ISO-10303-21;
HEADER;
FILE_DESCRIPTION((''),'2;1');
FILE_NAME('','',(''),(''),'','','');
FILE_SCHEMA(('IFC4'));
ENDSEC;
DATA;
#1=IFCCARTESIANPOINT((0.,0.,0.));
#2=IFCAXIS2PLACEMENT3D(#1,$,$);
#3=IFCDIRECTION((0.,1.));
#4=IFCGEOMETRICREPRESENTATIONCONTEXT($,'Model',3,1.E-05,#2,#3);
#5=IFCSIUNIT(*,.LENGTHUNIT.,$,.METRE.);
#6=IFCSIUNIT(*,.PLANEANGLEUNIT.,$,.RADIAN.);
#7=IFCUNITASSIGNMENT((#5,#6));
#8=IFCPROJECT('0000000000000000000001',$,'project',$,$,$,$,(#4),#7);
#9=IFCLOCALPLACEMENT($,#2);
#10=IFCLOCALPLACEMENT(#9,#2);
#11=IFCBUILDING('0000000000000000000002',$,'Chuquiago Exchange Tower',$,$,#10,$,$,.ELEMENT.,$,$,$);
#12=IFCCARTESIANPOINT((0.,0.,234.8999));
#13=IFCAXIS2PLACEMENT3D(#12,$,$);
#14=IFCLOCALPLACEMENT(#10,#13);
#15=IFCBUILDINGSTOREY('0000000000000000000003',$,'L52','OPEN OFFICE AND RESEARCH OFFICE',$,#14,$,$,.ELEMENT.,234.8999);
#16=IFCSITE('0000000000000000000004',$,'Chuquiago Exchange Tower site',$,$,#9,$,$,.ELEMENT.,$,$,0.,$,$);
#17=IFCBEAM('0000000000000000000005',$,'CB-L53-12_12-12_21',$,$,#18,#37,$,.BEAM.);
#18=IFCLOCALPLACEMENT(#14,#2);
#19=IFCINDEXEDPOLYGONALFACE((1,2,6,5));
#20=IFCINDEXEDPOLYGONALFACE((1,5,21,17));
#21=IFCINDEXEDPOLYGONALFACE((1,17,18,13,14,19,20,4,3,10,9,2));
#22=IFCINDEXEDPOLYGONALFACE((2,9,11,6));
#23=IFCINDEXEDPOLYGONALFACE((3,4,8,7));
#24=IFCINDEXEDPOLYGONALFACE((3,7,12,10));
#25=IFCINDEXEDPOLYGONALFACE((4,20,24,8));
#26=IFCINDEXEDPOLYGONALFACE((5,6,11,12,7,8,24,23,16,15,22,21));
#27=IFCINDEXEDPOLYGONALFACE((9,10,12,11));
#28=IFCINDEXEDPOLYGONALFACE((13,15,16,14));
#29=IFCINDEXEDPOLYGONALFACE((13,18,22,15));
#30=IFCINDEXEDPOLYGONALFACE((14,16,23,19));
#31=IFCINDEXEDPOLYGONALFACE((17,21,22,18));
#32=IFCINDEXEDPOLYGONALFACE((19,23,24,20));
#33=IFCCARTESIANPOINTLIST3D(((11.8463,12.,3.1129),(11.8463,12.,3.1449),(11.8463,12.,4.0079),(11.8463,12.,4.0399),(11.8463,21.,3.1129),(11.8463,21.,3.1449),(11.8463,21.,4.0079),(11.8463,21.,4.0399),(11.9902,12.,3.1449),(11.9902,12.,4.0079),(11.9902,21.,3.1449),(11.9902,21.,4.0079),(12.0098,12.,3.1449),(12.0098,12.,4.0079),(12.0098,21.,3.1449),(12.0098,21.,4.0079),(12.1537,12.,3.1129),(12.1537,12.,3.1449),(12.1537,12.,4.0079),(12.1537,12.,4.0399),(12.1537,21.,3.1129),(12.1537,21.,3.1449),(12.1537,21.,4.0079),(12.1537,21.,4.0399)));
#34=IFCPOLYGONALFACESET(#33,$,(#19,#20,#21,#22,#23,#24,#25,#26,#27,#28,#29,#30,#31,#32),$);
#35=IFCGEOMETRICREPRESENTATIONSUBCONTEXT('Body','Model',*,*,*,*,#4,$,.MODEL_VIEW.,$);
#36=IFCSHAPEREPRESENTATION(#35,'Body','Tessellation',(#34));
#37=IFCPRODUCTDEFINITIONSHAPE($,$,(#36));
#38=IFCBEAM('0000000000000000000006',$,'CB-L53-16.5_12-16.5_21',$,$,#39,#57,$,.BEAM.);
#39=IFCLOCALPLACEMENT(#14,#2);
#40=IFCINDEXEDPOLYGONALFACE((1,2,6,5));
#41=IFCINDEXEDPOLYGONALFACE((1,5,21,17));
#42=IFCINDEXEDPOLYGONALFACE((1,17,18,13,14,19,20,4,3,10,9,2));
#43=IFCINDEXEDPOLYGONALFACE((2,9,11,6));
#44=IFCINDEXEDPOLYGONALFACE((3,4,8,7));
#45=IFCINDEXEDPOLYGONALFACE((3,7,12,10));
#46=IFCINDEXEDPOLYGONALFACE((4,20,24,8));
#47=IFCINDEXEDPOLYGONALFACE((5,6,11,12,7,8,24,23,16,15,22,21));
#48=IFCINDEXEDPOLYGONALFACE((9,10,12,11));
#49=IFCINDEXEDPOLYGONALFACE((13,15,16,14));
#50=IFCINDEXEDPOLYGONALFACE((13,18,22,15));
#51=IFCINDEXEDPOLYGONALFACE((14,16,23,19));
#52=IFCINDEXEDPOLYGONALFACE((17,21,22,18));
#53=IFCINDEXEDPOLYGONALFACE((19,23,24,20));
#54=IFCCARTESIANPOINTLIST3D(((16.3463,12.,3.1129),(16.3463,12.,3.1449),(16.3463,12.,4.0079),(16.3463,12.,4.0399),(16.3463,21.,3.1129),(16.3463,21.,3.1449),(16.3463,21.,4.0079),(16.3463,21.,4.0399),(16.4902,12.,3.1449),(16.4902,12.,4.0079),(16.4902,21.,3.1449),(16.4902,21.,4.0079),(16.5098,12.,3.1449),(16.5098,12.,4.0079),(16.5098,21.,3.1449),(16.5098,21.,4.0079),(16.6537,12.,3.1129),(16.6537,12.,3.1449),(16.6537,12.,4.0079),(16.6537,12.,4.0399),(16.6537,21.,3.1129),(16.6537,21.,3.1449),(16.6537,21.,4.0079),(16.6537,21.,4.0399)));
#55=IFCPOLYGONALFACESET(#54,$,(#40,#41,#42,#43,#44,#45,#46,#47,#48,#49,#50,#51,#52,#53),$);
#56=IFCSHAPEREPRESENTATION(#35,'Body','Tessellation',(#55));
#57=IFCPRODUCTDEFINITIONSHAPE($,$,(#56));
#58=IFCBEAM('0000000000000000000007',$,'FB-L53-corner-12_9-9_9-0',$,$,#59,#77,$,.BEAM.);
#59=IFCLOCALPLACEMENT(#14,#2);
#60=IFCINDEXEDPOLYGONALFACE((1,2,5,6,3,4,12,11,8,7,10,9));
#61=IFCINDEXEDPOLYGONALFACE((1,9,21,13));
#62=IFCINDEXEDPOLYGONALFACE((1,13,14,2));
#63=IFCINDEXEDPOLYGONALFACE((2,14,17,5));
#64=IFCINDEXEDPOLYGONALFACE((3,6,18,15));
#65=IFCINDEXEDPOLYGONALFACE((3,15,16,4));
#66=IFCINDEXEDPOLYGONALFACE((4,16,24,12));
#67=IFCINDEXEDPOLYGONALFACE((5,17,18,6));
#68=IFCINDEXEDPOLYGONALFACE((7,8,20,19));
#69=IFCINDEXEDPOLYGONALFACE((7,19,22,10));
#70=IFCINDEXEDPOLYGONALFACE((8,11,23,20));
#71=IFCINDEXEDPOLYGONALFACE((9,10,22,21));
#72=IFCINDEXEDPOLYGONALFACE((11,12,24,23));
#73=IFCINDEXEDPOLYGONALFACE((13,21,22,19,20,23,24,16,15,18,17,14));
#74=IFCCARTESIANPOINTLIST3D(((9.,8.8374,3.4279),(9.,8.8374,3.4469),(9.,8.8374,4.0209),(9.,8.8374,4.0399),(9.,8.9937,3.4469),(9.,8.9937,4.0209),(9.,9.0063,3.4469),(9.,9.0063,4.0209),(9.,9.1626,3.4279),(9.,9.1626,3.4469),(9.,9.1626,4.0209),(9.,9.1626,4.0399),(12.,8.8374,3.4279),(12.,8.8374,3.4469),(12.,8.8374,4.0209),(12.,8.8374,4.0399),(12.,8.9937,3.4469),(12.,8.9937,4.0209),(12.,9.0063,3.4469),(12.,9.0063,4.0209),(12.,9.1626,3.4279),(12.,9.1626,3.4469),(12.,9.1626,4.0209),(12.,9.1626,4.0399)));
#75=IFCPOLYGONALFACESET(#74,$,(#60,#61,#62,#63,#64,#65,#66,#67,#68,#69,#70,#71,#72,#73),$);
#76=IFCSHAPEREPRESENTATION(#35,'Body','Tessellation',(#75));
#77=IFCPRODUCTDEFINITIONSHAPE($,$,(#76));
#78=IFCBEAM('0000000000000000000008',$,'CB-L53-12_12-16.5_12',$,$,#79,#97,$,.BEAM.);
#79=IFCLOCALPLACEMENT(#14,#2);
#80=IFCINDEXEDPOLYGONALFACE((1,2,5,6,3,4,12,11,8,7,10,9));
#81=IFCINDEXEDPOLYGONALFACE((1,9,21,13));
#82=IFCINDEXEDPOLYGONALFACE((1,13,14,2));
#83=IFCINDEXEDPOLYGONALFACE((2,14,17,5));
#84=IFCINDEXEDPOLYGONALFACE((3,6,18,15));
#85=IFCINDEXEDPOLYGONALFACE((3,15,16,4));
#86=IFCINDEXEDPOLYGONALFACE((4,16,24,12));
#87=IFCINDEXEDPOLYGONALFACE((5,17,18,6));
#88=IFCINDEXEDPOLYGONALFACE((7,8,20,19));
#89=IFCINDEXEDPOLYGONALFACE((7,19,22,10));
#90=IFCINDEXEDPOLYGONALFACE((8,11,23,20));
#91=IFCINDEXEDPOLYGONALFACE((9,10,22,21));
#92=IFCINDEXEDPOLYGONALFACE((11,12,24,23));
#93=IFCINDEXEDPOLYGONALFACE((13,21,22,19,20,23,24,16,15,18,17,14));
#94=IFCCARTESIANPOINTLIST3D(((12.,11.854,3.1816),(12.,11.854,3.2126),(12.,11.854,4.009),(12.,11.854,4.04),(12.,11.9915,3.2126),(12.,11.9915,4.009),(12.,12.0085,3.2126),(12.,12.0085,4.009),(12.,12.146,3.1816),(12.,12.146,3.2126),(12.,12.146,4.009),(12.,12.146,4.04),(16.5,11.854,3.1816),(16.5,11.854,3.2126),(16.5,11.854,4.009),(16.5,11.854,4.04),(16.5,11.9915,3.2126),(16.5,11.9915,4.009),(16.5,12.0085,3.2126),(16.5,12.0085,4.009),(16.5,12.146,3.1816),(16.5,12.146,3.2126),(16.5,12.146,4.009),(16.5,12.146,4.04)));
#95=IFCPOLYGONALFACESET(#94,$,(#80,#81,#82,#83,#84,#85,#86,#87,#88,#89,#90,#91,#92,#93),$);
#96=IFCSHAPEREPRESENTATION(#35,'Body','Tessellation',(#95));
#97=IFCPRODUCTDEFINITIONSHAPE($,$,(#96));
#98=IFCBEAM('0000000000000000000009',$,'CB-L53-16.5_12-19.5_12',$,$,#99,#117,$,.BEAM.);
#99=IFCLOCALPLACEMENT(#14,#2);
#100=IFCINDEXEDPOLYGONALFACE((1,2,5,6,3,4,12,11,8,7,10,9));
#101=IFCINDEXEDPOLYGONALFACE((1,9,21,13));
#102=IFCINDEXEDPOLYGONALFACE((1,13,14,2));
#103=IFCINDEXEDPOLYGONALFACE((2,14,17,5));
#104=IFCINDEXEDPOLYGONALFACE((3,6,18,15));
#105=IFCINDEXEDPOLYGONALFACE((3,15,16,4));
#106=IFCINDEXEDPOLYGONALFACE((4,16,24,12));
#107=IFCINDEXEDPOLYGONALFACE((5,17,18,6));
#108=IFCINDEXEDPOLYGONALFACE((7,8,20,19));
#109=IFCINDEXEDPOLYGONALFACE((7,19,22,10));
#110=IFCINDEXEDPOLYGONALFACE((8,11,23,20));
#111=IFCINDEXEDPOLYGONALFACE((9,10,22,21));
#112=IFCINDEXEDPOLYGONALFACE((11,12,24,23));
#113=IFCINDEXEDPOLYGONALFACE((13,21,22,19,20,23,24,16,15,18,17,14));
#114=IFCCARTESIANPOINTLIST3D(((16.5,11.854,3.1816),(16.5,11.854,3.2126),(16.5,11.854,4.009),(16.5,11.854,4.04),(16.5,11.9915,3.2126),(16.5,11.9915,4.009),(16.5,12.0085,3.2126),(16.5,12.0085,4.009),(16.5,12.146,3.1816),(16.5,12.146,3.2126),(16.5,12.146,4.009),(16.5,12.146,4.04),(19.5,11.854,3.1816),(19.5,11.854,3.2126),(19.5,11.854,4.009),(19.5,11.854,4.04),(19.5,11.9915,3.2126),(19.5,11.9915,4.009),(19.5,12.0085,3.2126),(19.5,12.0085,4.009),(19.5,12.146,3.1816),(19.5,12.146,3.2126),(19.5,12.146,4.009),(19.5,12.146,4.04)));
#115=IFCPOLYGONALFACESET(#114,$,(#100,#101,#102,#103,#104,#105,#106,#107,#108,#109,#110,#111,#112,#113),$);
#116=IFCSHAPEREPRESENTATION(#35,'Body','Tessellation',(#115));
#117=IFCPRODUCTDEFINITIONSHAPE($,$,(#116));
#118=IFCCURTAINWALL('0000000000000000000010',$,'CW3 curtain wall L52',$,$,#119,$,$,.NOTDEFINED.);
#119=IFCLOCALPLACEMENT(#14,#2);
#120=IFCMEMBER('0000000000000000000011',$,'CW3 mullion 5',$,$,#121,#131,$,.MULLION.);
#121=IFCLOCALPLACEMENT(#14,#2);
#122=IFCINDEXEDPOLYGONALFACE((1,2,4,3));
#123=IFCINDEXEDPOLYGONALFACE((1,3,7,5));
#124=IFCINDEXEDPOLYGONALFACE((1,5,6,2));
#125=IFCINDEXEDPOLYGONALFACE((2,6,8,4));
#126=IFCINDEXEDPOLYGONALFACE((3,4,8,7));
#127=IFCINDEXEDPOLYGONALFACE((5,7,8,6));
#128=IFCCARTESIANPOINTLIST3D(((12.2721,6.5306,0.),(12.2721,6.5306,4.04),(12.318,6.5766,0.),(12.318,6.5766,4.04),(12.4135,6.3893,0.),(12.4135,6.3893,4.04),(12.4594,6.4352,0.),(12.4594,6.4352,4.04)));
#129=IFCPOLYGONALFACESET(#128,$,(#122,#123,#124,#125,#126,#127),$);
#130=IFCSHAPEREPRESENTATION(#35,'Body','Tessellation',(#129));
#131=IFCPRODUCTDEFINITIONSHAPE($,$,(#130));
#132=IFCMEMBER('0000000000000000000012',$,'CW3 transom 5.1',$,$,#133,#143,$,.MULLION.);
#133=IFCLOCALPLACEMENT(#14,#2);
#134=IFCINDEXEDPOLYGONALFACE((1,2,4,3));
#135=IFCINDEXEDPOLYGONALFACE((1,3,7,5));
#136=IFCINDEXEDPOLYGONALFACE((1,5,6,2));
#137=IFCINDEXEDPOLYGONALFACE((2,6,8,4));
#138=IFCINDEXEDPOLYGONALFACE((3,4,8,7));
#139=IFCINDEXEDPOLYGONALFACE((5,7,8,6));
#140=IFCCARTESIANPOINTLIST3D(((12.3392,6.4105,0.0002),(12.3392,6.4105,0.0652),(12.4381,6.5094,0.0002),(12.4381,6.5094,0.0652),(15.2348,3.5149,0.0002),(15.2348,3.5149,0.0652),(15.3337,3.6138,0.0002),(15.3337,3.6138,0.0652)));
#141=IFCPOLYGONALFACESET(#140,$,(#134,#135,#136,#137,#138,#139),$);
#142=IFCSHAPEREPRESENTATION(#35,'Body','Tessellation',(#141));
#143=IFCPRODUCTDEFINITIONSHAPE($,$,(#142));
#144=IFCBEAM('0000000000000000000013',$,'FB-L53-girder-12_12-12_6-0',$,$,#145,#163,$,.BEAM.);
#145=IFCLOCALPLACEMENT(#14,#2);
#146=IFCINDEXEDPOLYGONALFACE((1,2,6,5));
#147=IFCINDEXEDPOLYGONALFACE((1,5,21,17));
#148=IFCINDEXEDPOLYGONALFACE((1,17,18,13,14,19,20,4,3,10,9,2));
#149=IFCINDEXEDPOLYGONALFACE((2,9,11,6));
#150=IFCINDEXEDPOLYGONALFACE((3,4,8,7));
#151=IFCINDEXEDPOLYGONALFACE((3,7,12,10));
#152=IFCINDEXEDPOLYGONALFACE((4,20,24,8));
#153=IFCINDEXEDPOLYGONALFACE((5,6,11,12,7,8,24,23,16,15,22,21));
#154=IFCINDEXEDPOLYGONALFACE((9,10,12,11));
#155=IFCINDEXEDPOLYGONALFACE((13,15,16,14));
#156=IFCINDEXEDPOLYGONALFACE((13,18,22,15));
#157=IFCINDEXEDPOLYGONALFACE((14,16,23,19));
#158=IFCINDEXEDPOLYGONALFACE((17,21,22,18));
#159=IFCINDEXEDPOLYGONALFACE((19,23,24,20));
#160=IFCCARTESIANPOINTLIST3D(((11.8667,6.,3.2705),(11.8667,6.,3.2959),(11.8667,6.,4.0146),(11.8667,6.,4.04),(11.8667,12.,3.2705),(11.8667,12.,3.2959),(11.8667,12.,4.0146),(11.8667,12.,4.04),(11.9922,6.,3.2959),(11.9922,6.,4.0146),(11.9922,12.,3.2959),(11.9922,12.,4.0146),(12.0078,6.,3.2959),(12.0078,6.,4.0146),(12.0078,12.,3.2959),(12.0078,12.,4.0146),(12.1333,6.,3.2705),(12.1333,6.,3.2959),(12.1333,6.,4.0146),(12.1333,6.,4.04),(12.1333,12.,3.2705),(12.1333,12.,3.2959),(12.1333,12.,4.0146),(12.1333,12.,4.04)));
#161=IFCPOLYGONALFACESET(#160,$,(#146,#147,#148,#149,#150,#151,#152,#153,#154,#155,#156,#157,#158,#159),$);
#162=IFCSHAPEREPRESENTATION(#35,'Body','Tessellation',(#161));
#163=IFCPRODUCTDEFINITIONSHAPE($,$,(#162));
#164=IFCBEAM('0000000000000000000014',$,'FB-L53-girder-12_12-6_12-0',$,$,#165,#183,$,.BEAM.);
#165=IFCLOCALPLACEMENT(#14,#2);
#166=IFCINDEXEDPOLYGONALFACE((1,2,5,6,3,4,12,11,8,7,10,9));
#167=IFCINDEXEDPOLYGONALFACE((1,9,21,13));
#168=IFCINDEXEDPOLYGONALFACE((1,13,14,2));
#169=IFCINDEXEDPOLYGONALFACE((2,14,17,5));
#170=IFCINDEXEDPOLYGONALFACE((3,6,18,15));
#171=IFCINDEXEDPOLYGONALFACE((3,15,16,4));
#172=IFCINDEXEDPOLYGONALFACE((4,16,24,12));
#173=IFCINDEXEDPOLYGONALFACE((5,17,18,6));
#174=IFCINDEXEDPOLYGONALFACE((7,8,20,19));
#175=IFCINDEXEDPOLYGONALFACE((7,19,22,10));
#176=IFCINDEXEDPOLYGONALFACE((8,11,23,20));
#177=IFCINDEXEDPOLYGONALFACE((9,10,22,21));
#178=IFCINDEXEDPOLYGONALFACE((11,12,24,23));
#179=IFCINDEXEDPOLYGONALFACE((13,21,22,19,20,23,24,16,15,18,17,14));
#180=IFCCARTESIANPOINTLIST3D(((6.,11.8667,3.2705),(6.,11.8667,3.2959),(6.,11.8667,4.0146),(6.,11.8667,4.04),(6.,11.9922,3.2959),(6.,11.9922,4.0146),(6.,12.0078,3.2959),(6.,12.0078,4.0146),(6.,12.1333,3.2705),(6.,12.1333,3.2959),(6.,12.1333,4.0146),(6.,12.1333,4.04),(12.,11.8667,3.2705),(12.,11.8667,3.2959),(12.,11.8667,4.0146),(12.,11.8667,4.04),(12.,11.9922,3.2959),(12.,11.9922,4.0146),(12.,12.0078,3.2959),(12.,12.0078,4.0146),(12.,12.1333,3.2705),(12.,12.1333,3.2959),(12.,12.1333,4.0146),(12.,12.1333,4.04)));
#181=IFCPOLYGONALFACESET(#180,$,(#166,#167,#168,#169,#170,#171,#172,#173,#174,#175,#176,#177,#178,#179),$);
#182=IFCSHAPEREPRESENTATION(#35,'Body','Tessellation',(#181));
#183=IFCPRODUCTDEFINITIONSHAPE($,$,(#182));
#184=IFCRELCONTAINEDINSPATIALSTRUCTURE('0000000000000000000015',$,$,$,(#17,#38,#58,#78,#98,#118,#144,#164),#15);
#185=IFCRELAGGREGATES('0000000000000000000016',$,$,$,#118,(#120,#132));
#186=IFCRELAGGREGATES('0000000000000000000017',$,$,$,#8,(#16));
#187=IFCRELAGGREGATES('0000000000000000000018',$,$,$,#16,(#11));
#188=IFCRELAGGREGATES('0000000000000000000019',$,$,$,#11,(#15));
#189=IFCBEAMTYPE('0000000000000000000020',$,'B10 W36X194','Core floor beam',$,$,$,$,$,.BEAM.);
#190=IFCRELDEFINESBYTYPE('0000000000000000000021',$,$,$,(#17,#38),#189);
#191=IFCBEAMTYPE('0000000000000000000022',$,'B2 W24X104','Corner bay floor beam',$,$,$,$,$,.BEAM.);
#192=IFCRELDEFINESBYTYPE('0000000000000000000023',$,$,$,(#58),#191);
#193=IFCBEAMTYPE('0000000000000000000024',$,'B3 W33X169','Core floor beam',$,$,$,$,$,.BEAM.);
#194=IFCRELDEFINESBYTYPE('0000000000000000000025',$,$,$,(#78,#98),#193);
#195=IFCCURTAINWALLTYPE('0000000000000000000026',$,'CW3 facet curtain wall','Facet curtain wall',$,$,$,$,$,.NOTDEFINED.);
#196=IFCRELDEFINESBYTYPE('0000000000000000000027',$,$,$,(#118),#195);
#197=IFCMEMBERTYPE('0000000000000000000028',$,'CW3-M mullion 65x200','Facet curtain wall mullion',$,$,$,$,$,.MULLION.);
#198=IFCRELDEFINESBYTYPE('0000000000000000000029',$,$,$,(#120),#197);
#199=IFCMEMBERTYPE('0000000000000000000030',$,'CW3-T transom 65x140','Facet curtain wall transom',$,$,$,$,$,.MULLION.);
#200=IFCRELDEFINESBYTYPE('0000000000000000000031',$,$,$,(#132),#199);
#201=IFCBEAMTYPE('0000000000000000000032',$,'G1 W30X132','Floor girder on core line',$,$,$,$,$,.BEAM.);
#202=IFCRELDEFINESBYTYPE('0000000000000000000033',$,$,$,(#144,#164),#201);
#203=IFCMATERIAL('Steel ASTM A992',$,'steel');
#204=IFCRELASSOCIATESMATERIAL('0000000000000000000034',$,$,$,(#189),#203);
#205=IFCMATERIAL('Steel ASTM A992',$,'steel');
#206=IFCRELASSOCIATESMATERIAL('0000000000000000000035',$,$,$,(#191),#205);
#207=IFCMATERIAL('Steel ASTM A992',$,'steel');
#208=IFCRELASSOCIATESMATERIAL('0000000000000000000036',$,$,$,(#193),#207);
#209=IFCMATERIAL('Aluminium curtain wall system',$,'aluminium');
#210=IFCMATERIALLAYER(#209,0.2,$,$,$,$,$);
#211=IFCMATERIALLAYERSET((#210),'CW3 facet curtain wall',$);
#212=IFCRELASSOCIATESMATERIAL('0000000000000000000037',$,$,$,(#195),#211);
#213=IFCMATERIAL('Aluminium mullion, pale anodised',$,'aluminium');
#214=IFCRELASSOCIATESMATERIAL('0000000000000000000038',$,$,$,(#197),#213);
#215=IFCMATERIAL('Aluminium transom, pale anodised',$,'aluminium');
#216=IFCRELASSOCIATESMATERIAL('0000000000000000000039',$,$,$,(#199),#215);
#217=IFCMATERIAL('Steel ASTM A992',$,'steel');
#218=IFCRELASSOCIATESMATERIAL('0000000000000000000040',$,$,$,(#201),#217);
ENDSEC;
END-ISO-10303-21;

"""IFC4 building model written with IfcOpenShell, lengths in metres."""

from ifc_helpers import new_model, si_unit, direction, frame, origin, origin_2d, place, context, subcontext, project, spatial, rectangle, i_section, extrude, material, layer, layer_set, material_profile, profile_set, type_object, element, aggregate, save


model = new_model("IFC4")

# Units and contexts
model_context = context("Model", 3, precision=1e-05, world=origin(), true_north=direction((0.0, 1.0)))
body_context = subcontext(model_context, "Body", "Model", "MODEL_VIEW")
ifc_project = project(units=[si_unit("LENGTHUNIT", "METRE"), si_unit("PLANEANGLEUNIT", "RADIAN")], contexts=[model_context])

# Site, building, storey
site_placement = place(None, origin())
site = spatial("IfcSite", under=ifc_project, at=site_placement, Name="Chuquiago Exchange Tower site", CompositionType="ELEMENT", RefElevation=0.0)
building_placement = place(site_placement, origin())
building = spatial("IfcBuilding", under=site, at=building_placement, Name="Chuquiago Exchange Tower", CompositionType="ELEMENT")
storey_placement = place(building_placement, frame((0.0, 0.0, 234.8999)))
storey = spatial("IfcBuildingStorey", under=building, at=storey_placement, Name="L52", Description="OPEN OFFICE AND RESEARCH OFFICE", CompositionType="ELEMENT", Elevation=234.8999)

# Beams
ifc_material_1 = material(Name="Steel ASTM A992", Category="steel")
ifc_material_profile_1 = material_profile(ifc_material_1, i_section(OverallWidth=0.3074, OverallDepth=0.927, WebThickness=0.0195, FlangeThickness=0.032, at=origin_2d()), Name="W36X194")
ifc_profile_set_1 = profile_set([ifc_material_profile_1], Name="Steel ASTM A992")
beam_type_1 = type_object("IfcBeamType", Name="B10 W36X194", Description="Core floor beam", PredefinedType="BEAM", material=ifc_profile_set_1)
for number, where, z_axis, x_axis, name in (
    (1, (12.0, 12.0, 3.5764), (0.0, 1.0, 0.0), (-1.0, 0.0, 0.0), "CB-L53-12_12-12_21"),
    (2, (16.5, 12.0, 3.5764), (0.0, 1.0, 0.0), (-1.0, 0.0, 0.0), "CB-L53-16.5_12-16.5_21"),
):
    element("IfcBeam", number, at=place(storey_placement, frame(where, z_axis=z_axis, x_axis=x_axis)), inside=storey, type_object=beam_type_1, Name=name, PredefinedType="BEAM", context=body_context, shape_type="SweptSolid", body=[
        extrude(i_section(OverallWidth=0.3074, OverallDepth=0.927, WebThickness=0.0195, FlangeThickness=0.032, at=origin_2d()), origin(), (0.0, 0.0, 1.0), 9.0),
    ])
ifc_material_2 = material(Name="Steel ASTM A992", Category="steel")
ifc_material_profile_2 = material_profile(ifc_material_2, i_section(OverallWidth=0.3252, OverallDepth=0.6121, WebThickness=0.0127, FlangeThickness=0.019, at=origin_2d()), Name="W24X104")
ifc_profile_set_2 = profile_set([ifc_material_profile_2], Name="Steel ASTM A992")
beam_type_2 = type_object("IfcBeamType", Name="B2 W24X104", Description="Corner bay floor beam", PredefinedType="BEAM", material=ifc_profile_set_2)
beam_1_placement = place(storey_placement, frame((12.0, 9.0, 3.7339), z_axis=(-1.0, 0.0, 0.0), x_axis=(0.0, -1.0, 0.0)))
element("IfcBeam", 3, at=beam_1_placement, inside=storey, type_object=beam_type_2, Name="FB-L53-corner-12_9-9_9-0", PredefinedType="BEAM", context=body_context, shape_type="SweptSolid", body=[
    extrude(i_section(OverallWidth=0.3252, OverallDepth=0.6121, WebThickness=0.0127, FlangeThickness=0.019, at=origin_2d()), origin(), (0.0, 0.0, 1.0), 3.0),
])
ifc_material_3 = material(Name="Steel ASTM A992", Category="steel")
ifc_material_profile_3 = material_profile(ifc_material_3, i_section(OverallWidth=0.292, OverallDepth=0.8584, WebThickness=0.0171, FlangeThickness=0.031, at=origin_2d()), Name="W33X169")
ifc_profile_set_3 = profile_set([ifc_material_profile_3], Name="Steel ASTM A992")
beam_type_3 = type_object("IfcBeamType", Name="B3 W33X169", Description="Core floor beam", PredefinedType="BEAM", material=ifc_profile_set_3)
beam_2_placement = place(storey_placement, frame((12.0, 12.0, 3.6108), z_axis=(1.0, 0.0, 0.0), x_axis=(0.0, 1.0, 0.0)))
element("IfcBeam", 4, at=beam_2_placement, inside=storey, type_object=beam_type_3, Name="CB-L53-12_12-16.5_12", PredefinedType="BEAM", context=body_context, shape_type="SweptSolid", body=[
    extrude(i_section(OverallWidth=0.292, OverallDepth=0.8584, WebThickness=0.0171, FlangeThickness=0.031, at=origin_2d()), origin(), (0.0, 0.0, 1.0), 4.5),
])
beam_3_placement = place(storey_placement, frame((16.5, 12.0, 3.6108), z_axis=(1.0, 0.0, 0.0), x_axis=(0.0, 1.0, 0.0)))
element("IfcBeam", 5, at=beam_3_placement, inside=storey, type_object=beam_type_3, Name="CB-L53-16.5_12-19.5_12", PredefinedType="BEAM", context=body_context, shape_type="SweptSolid", body=[
    extrude(i_section(OverallWidth=0.292, OverallDepth=0.8584, WebThickness=0.0171, FlangeThickness=0.031, at=origin_2d()), origin(), (0.0, 0.0, 1.0), 3.0),
])

# Curtain wall, members
ifc_material_4 = material(Name="Aluminium curtain wall system", Category="aluminium")
ifc_layer_1 = layer(ifc_material_4, 0.2)
ifc_layer_set_1 = layer_set([ifc_layer_1], Name="CW3 facet curtain wall")
curtain_wall_type = type_object("IfcCurtainWallType", Name="CW3 facet curtain wall", Description="Facet curtain wall", PredefinedType="NOTDEFINED", material=ifc_layer_set_1)
curtain_wall_placement = place(storey_placement, origin())
curtain_wall = element("IfcCurtainWall", 6, at=curtain_wall_placement, inside=storey, type_object=curtain_wall_type, Name="CW3 curtain wall L52", PredefinedType="NOTDEFINED")
ifc_material_5 = material(Name="Aluminium mullion, pale anodised", Category="aluminium")
ifc_material_profile_4 = material_profile(ifc_material_5, rectangle(XDim=0.0649, YDim=0.2, at=origin_2d()), Name="AL 65x200")
ifc_profile_set_4 = profile_set([ifc_material_profile_4], Name="Aluminium mullion, pale anodised")
member_type_1 = type_object("IfcMemberType", Name="CW3-M mullion 65x200", Description="Facet curtain wall mullion", PredefinedType="MULLION", material=ifc_profile_set_4)
member_1_placement = place(storey_placement, frame((12.3657, 6.4829, 0.0), z_axis=(0.0, 0.0, 1.0), x_axis=(0.707107, 0.707107, 0.0)))
member_1 = element("IfcMember", 7, at=member_1_placement, type_object=member_type_1, Name="CW3 mullion 5", PredefinedType="MULLION", context=body_context, shape_type="SweptSolid", body=[
    extrude(rectangle(XDim=0.0649, YDim=0.2, at=origin_2d()), origin(), (0.0, 0.0, 1.0), 4.04),
])
ifc_material_6 = material(Name="Aluminium transom, pale anodised", Category="aluminium")
ifc_material_profile_5 = material_profile(ifc_material_6, rectangle(XDim=0.1399, YDim=0.0649, at=origin_2d()), Name="AL 140x65")
ifc_profile_set_5 = profile_set([ifc_material_profile_5], Name="Aluminium transom, pale anodised")
member_type_2 = type_object("IfcMemberType", Name="CW3-T transom 65x140", Description="Facet curtain wall transom", PredefinedType="MULLION", material=ifc_profile_set_5)
member_2_placement = place(storey_placement, frame((12.3887, 6.46, 0.0327), z_axis=(0.707107, -0.707107, 0.0), x_axis=(0.707107, 0.707107, 0.0)))
member_2 = element("IfcMember", 8, at=member_2_placement, type_object=member_type_2, Name="CW3 transom 5.1", PredefinedType="MULLION", context=body_context, shape_type="SweptSolid", body=[
    extrude(rectangle(XDim=0.1399, YDim=0.0649, at=origin_2d()), origin(), (0.0, 0.0, 1.0), 4.095),
])
aggregate(curtain_wall, [member_1, member_2])

# Beams
ifc_material_7 = material(Name="Steel ASTM A992", Category="steel")
ifc_material_profile_6 = material_profile(ifc_material_7, i_section(OverallWidth=0.2666, OverallDepth=0.7695, WebThickness=0.0156, FlangeThickness=0.0254, at=origin_2d()), Name="W30X132")
ifc_profile_set_6 = profile_set([ifc_material_profile_6], Name="Steel ASTM A992")
beam_type_4 = type_object("IfcBeamType", Name="G1 W30X132", Description="Floor girder on core line", PredefinedType="BEAM", material=ifc_profile_set_6)
for number, where, z_axis, x_axis, name in (
    (9, (12.0, 12.0, 3.6553), (0.0, -1.0, 0.0), (1.0, 0.0, 0.0), "FB-L53-girder-12_12-12_6-0"),
    (10, (12.0, 12.0, 3.6553), (-1.0, 0.0, 0.0), (0.0, -1.0, 0.0), "FB-L53-girder-12_12-6_12-0"),
):
    element("IfcBeam", number, at=place(storey_placement, frame(where, z_axis=z_axis, x_axis=x_axis)), inside=storey, type_object=beam_type_4, Name=name, PredefinedType="BEAM", context=body_context, shape_type="SweptSolid", body=[
        extrude(i_section(OverallWidth=0.2666, OverallDepth=0.7695, WebThickness=0.0156, FlangeThickness=0.0254, at=origin_2d()), origin(), (0.0, 0.0, 1.0), 6.0),
    ])

save(model, "model.ifc")
